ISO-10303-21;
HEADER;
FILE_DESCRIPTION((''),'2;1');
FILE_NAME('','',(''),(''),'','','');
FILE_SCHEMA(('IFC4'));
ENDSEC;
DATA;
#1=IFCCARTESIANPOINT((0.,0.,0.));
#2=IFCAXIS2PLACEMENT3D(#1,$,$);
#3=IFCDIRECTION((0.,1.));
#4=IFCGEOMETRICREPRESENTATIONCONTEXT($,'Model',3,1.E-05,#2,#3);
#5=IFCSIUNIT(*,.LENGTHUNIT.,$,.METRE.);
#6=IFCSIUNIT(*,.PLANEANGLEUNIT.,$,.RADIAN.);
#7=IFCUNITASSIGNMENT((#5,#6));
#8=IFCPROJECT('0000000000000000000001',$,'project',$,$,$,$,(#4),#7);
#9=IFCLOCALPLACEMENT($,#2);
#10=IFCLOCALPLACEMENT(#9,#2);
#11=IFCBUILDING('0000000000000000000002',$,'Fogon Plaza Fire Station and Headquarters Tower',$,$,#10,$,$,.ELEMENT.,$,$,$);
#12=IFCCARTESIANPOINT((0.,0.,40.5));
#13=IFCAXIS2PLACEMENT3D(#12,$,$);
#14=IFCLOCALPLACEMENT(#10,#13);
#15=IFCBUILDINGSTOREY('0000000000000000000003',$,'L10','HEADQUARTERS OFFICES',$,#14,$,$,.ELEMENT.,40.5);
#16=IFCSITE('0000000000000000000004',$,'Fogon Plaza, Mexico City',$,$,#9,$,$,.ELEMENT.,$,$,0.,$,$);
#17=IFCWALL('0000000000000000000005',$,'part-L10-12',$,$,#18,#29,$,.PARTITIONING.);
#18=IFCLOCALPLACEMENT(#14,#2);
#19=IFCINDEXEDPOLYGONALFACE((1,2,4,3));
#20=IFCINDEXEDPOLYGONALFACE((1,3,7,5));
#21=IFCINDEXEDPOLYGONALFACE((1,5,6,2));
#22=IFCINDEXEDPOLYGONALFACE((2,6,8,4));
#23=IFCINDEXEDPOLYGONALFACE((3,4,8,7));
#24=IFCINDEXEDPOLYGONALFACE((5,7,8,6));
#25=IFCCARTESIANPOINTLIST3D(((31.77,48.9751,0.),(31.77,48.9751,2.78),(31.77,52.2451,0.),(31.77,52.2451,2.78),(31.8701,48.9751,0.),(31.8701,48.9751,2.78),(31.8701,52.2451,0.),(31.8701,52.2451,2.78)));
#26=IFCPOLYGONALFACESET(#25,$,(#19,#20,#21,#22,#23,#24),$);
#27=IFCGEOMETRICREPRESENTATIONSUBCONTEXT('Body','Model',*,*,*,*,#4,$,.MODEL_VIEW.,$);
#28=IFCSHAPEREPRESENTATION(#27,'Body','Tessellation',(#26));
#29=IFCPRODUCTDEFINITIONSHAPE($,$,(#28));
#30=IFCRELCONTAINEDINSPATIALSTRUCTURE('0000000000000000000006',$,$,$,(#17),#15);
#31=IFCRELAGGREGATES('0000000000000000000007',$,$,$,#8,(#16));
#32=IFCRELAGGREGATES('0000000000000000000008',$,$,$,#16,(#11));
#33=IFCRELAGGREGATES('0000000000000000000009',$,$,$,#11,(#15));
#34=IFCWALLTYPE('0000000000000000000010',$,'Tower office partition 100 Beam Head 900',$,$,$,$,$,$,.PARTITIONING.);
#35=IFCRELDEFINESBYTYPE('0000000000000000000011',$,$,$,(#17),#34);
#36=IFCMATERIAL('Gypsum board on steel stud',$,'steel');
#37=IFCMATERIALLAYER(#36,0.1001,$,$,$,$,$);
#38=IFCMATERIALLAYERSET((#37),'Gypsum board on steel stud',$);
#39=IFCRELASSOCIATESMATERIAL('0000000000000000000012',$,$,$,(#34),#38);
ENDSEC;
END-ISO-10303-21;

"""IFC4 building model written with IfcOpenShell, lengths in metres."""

from ifc_helpers import new_model, si_unit, direction, frame, frame_2d, origin, place, context, subcontext, project, spatial, rectangle, extrude, material, layer, layer_set, type_object, element, save


model = new_model("IFC4")

# Units and contexts
model_context = context("Model", 3, precision=1e-05, world=origin(), true_north=direction((0.0, 1.0)))
body_context = subcontext(model_context, "Body", "Model", "MODEL_VIEW")
ifc_project = project(units=[si_unit("LENGTHUNIT", "METRE"), si_unit("PLANEANGLEUNIT", "RADIAN")], contexts=[model_context])

# Site, building, storey
site_placement = place(None, origin())
site = spatial("IfcSite", under=ifc_project, at=site_placement, Name="Fogon Plaza, Mexico City", CompositionType="ELEMENT", RefElevation=0.0)
building_placement = place(site_placement, origin())
building = spatial("IfcBuilding", under=site, at=building_placement, Name="Fogon Plaza Fire Station and Headquarters Tower", CompositionType="ELEMENT")
storey_placement = place(building_placement, frame((0.0, 0.0, 40.5)))
storey = spatial("IfcBuildingStorey", under=building, at=storey_placement, Name="L10", Description="HEADQUARTERS OFFICES", CompositionType="ELEMENT", Elevation=40.5)

# Wall
ifc_material_1 = material(Name="Gypsum board on steel stud", Category="steel")
ifc_layer_1 = layer(ifc_material_1, 0.1001)
ifc_layer_set_1 = layer_set([ifc_layer_1], Name="Gypsum board on steel stud")
wall_type_1 = type_object("IfcWallType", Name="Tower office partition 100 Beam Head 900", PredefinedType="PARTITIONING", material=ifc_layer_set_1)
wall_1_placement = place(storey_placement, frame((31.8201, 48.9751, 0.0), z_axis=(0.0, 0.0, 1.0), x_axis=(0.0, 1.0, 0.0)))
element("IfcWall", 1, at=wall_1_placement, inside=storey, type_object=wall_type_1, Name="part-L10-12", PredefinedType="PARTITIONING", context=body_context, shape_type="SweptSolid", body=[
    extrude(rectangle(XDim=3.27, YDim=0.1001, at=frame_2d((1.635, 0.0))), origin(), (0.0, 0.0, 1.0), 2.78),
])

save(model, "model.ifc")
